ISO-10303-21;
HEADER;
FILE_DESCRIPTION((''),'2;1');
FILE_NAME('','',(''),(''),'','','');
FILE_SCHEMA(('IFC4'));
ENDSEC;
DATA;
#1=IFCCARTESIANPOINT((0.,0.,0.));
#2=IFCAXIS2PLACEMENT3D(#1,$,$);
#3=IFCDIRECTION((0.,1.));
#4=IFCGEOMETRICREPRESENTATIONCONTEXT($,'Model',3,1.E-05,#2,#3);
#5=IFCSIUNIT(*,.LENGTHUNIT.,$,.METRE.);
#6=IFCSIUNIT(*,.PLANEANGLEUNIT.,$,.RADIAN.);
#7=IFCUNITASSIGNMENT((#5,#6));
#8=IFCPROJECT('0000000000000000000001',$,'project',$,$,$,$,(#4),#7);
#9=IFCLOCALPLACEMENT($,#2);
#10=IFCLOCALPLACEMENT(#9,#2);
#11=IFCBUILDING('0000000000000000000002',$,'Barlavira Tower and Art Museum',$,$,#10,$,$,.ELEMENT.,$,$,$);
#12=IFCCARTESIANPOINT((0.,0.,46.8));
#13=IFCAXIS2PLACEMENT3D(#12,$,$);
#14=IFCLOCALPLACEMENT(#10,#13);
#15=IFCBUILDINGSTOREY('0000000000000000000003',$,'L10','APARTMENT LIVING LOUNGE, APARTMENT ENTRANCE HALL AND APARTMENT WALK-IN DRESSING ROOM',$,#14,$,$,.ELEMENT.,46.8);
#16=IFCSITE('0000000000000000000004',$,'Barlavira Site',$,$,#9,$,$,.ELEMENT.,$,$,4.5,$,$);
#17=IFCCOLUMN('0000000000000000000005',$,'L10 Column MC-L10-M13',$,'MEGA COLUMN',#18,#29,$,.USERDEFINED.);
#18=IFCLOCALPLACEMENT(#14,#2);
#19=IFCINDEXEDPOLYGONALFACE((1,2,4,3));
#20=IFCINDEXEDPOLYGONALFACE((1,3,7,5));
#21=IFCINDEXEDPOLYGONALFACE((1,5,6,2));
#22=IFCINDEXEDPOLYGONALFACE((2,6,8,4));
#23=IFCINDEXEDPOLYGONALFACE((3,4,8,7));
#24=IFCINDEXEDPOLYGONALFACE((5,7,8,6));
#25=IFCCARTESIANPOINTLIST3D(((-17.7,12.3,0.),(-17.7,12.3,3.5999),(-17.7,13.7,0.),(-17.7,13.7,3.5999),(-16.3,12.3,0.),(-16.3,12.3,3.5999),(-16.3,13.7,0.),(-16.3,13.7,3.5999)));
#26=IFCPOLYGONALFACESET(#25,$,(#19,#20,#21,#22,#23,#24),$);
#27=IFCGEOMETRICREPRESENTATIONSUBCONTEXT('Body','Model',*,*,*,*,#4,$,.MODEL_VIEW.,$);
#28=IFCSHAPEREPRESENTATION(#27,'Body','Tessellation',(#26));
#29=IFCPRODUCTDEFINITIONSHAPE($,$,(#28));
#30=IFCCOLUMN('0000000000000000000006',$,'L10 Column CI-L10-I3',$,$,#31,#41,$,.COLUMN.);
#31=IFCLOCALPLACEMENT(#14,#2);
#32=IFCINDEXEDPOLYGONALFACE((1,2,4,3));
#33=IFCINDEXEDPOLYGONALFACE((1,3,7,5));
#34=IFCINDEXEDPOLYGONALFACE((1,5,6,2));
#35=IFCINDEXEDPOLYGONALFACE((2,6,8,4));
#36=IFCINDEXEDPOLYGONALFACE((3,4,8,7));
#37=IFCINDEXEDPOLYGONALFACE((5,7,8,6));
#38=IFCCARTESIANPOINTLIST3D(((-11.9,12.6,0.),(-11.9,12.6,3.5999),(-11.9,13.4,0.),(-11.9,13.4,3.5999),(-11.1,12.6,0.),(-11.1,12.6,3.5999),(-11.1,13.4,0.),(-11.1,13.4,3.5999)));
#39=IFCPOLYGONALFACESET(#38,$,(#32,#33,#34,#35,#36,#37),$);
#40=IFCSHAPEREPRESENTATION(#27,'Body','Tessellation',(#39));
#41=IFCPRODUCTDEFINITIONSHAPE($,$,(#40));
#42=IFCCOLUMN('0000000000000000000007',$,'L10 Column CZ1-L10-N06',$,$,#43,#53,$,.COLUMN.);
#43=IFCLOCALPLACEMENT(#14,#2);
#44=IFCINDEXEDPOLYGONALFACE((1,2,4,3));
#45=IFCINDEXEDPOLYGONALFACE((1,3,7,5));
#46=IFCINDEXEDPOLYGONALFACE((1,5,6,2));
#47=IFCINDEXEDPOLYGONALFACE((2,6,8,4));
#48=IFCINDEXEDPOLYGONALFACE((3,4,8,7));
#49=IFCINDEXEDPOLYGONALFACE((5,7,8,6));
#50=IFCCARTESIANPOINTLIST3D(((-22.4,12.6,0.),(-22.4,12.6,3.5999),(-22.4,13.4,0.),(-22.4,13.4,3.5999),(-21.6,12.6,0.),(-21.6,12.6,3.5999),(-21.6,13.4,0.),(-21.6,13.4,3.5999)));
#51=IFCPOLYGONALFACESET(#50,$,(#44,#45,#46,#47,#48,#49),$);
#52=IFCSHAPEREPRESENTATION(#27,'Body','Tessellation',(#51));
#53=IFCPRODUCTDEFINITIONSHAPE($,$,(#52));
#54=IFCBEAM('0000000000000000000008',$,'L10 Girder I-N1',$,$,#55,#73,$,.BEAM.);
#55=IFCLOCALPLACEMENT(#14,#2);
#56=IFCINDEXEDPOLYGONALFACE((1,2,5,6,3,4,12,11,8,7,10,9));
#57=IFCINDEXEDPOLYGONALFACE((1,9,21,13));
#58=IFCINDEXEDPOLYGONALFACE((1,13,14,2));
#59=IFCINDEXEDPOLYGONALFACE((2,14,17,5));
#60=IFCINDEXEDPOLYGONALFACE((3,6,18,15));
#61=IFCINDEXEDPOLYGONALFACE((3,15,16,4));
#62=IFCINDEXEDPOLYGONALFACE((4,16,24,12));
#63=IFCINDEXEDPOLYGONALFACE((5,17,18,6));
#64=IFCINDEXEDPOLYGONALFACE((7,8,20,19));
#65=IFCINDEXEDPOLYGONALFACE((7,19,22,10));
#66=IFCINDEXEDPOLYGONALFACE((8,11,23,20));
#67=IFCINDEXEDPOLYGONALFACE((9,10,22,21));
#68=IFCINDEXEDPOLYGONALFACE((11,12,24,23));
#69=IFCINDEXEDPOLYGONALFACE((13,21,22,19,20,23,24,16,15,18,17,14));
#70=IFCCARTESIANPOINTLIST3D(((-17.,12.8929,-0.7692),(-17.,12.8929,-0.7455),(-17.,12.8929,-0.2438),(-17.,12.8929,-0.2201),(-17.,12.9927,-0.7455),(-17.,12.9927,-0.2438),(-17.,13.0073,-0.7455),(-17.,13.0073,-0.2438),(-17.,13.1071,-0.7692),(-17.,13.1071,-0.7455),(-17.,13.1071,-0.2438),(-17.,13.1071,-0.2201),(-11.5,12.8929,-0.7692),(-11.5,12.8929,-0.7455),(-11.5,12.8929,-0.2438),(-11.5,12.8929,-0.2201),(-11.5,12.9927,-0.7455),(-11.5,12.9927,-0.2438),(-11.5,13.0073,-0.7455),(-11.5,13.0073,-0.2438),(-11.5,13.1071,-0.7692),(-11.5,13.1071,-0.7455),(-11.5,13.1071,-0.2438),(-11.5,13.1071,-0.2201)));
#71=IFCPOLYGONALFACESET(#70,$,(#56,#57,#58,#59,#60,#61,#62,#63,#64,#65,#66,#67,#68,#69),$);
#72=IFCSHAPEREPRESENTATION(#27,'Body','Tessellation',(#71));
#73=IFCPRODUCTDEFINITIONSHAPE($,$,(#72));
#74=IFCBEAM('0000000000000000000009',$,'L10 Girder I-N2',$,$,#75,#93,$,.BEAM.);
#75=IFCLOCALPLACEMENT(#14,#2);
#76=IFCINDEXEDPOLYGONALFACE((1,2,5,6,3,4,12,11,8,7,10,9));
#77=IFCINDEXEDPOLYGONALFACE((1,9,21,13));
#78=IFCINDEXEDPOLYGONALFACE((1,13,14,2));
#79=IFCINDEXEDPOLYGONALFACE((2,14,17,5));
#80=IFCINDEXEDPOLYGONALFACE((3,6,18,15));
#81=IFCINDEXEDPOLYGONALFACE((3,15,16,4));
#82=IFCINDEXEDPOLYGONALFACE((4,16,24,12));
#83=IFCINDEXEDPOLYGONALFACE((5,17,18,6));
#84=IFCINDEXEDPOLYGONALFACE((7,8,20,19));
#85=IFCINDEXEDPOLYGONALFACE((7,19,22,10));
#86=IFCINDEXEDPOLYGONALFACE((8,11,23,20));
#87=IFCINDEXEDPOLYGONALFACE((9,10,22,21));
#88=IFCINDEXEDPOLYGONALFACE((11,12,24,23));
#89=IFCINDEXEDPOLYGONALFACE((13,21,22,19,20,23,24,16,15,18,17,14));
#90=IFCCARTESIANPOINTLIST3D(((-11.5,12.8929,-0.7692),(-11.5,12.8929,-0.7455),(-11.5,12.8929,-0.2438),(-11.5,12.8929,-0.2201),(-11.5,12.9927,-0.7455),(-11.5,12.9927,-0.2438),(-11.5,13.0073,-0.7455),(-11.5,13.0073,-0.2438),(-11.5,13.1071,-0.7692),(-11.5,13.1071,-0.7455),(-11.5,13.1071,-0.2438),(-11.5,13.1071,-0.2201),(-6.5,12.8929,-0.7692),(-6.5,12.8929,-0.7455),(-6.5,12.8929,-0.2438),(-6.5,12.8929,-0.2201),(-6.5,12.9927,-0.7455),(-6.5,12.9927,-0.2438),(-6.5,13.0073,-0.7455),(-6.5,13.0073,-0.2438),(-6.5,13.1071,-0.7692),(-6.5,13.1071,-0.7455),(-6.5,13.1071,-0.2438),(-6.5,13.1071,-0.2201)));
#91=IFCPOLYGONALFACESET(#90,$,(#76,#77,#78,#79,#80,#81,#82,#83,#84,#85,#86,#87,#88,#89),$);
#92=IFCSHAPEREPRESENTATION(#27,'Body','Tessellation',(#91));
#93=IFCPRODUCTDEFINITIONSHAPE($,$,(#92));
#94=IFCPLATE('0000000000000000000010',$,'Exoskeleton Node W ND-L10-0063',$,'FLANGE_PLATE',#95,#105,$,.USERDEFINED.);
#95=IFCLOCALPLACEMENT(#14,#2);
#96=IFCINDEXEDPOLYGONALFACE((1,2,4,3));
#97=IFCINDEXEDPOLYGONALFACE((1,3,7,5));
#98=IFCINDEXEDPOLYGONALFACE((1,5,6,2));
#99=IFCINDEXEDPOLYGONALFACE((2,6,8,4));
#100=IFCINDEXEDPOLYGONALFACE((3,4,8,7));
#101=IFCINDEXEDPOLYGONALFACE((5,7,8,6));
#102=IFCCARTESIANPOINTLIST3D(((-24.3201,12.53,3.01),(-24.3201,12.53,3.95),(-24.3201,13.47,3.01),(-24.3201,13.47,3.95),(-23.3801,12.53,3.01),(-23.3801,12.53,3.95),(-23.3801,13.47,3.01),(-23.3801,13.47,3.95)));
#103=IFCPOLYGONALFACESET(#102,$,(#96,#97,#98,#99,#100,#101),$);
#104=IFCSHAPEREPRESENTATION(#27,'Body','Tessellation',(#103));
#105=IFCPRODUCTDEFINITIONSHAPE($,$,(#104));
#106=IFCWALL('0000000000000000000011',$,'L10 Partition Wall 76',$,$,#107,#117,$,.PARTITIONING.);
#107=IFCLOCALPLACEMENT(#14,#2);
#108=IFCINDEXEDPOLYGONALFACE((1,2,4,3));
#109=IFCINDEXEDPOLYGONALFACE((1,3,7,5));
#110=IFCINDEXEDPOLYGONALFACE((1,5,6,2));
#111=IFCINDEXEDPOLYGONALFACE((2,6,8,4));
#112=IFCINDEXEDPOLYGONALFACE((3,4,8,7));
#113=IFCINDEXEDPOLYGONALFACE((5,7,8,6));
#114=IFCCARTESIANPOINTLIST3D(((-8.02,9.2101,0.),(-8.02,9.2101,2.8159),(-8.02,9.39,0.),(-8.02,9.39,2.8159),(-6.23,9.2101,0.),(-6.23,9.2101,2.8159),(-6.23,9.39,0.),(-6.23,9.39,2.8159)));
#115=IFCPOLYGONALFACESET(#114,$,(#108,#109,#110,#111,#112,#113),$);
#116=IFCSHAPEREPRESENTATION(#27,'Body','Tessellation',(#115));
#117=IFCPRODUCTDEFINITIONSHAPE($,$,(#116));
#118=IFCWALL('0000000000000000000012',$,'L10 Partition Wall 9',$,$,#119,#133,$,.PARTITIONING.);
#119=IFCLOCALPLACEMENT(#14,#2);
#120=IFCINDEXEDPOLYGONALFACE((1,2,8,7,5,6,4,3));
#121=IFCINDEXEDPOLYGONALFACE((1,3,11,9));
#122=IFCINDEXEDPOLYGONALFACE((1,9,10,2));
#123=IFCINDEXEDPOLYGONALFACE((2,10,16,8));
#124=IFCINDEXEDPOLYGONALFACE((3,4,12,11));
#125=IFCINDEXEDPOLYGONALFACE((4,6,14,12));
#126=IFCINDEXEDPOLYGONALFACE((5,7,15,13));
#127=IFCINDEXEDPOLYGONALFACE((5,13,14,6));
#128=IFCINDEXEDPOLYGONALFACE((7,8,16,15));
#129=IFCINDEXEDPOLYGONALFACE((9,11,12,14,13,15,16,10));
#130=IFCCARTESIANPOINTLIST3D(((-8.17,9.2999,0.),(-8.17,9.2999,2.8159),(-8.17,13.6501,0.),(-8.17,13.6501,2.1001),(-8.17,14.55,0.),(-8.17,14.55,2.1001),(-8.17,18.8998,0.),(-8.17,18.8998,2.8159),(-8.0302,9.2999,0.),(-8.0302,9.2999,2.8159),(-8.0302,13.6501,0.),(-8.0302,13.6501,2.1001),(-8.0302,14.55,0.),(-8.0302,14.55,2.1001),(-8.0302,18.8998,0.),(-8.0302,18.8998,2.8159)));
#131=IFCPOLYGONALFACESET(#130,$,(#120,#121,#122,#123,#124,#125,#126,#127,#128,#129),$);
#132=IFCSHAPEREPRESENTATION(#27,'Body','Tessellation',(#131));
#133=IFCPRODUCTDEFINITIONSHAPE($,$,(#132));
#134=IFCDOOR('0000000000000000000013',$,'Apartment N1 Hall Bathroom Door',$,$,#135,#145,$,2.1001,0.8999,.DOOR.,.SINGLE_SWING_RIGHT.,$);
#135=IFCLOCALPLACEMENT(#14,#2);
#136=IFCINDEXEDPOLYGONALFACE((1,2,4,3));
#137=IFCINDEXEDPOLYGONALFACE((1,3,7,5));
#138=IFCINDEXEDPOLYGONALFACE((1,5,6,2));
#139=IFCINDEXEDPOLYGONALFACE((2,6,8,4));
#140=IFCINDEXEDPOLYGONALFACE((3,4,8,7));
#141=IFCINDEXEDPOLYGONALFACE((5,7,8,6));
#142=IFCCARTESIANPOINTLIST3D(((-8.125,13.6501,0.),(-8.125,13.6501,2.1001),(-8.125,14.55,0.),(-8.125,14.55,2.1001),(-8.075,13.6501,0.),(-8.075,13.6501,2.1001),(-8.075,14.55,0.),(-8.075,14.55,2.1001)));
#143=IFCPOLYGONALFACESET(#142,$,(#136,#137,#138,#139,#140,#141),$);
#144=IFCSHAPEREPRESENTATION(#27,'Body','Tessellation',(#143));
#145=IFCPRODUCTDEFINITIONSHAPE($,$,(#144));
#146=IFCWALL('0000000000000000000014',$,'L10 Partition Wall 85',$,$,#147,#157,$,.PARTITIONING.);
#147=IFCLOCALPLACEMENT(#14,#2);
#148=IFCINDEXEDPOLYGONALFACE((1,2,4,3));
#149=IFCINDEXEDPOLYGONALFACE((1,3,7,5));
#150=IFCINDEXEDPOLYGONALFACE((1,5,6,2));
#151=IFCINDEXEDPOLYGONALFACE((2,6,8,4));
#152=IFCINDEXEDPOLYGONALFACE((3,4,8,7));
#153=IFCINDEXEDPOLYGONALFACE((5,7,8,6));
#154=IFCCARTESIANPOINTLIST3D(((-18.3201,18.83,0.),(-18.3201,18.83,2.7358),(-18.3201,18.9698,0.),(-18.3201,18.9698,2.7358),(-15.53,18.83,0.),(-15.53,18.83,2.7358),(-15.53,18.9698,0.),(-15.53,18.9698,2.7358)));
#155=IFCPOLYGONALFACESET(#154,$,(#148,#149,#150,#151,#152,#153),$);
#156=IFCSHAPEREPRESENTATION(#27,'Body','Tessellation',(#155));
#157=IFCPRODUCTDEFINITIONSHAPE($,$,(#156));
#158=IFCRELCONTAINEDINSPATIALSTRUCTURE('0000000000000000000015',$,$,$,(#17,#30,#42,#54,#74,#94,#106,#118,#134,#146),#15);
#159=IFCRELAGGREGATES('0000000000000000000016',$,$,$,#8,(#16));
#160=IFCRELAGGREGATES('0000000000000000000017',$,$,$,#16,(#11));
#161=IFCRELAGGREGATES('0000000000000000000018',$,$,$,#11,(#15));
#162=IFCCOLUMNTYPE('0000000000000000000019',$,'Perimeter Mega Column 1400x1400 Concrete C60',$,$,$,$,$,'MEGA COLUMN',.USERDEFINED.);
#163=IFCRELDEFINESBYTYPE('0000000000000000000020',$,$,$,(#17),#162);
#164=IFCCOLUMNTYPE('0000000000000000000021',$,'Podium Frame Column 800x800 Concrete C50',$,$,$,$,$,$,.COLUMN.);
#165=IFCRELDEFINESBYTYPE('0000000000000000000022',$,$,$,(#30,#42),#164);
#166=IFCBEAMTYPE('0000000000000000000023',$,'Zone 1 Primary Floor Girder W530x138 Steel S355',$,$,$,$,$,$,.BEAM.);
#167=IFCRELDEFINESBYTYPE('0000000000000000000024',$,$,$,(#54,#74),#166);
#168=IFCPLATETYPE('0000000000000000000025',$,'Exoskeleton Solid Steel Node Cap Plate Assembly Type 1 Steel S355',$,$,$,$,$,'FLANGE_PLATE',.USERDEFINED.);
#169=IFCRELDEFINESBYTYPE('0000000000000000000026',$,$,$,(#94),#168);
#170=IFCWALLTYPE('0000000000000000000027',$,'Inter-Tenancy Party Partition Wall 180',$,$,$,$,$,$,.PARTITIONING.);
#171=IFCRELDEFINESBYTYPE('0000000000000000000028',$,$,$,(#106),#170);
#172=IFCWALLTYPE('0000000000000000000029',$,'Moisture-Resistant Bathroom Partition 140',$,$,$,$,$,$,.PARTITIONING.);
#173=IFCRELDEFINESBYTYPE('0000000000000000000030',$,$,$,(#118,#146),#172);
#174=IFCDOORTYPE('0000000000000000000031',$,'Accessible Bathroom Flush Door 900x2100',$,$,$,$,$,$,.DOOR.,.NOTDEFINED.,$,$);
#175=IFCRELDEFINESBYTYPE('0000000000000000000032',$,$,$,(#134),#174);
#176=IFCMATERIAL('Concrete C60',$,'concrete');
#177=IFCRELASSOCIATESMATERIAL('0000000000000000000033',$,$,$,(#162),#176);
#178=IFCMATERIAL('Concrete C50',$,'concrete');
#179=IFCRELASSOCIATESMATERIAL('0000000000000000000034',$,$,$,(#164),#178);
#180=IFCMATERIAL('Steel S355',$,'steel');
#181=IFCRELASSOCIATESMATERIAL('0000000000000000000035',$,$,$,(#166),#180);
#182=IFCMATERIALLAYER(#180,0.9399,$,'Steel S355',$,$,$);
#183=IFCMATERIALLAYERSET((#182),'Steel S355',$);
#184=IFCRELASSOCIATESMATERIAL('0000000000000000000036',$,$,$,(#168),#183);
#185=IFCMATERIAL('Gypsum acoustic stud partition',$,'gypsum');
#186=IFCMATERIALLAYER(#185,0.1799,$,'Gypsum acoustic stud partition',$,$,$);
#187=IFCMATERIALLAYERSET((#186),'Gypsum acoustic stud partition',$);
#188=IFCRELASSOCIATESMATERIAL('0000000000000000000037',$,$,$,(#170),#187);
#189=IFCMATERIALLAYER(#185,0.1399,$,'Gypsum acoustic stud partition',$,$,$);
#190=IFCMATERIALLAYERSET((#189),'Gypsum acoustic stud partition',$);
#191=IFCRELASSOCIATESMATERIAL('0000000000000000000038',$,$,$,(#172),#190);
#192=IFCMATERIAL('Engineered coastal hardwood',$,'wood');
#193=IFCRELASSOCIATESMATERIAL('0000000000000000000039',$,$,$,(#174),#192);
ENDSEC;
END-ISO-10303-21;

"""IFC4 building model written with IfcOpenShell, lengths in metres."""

from ifc_helpers import new_model, si_unit, direction, frame, frame_2d, origin, origin_2d, place, context, subcontext, project, spatial, rectangle, i_section, extrude, material, layer, layer_set, material_profile, profile_set, type_object, element, fill, save


model = new_model("IFC4")

# Units and contexts
model_context = context("Model", 3, precision=1e-05, world=origin(), true_north=direction((0.0, 1.0)))
body_context = subcontext(model_context, "Body", "Model", "MODEL_VIEW")
ifc_project = project(units=[si_unit("LENGTHUNIT", "METRE"), si_unit("PLANEANGLEUNIT", "RADIAN")], contexts=[model_context])

# Site, building, storey
site_placement = place(None, origin())
site = spatial("IfcSite", under=ifc_project, at=site_placement, Name="Barlavira Site", CompositionType="ELEMENT", RefElevation=4.5)
building_placement = place(site_placement, origin())
building = spatial("IfcBuilding", under=site, at=building_placement, Name="Barlavira Tower and Art Museum", CompositionType="ELEMENT")
storey_placement = place(building_placement, frame((0.0, 0.0, 46.8)))
storey = spatial("IfcBuildingStorey", under=building, at=storey_placement, Name="L10", Description="APARTMENT LIVING LOUNGE, APARTMENT ENTRANCE HALL AND APARTMENT WALK-IN DRESSING ROOM", CompositionType="ELEMENT", Elevation=46.8)

# Columns
ifc_material_1 = material(Name="Concrete C60", Category="concrete")
ifc_material_profile_1 = material_profile(ifc_material_1, rectangle(XDim=1.3999, YDim=1.3999, at=origin_2d()), Name="RC-MCOL 1400x1400")
ifc_profile_set_1 = profile_set([ifc_material_profile_1], Name="Concrete C60")
column_type_1 = type_object("IfcColumnType", Name="Perimeter Mega Column 1400x1400 Concrete C60", ElementType="MEGA COLUMN", PredefinedType="USERDEFINED", material=ifc_profile_set_1)
column_placement = place(storey_placement, frame((-17.0, 13.0, 0.0), z_axis=(0.0, 0.0, 1.0), x_axis=(1.0, 0.0, 0.0)))
element("IfcColumn", 1, at=column_placement, inside=storey, type_object=column_type_1, Name="L10 Column MC-L10-M13", ObjectType="MEGA COLUMN", PredefinedType="USERDEFINED", context=body_context, shape_type="SweptSolid", body=[
    extrude(rectangle(XDim=1.3999, YDim=1.3999, at=origin_2d()), origin(), (0.0, 0.0, 1.0), 3.5999),
])
ifc_material_2 = material(Name="Concrete C50", Category="concrete")
ifc_material_profile_2 = material_profile(ifc_material_2, rectangle(XDim=0.8, YDim=0.8, at=origin_2d()), Name="RC-COL 800x800")
ifc_profile_set_2 = profile_set([ifc_material_profile_2], Name="Concrete C50")
column_type_2 = type_object("IfcColumnType", Name="Podium Frame Column 800x800 Concrete C50", PredefinedType="COLUMN", material=ifc_profile_set_2)
for number, where, z_axis, x_axis, name in (
    (2, (-11.5, 13.0, 0.0), (0.0, 0.0, 1.0), (1.0, 0.0, 0.0), "L10 Column CI-L10-I3"),
    (3, (-22.0, 13.0, 0.0), (0.0, 0.0, 1.0), (1.0, 0.0, 0.0), "L10 Column CZ1-L10-N06"),
):
    element("IfcColumn", number, at=place(storey_placement, frame(where, z_axis=z_axis, x_axis=x_axis)), inside=storey, type_object=column_type_2, Name=name, PredefinedType="COLUMN", context=body_context, shape_type="SweptSolid", body=[
        extrude(rectangle(XDim=0.8, YDim=0.8, at=origin_2d()), origin(), (0.0, 0.0, 1.0), 3.5999),
    ])

# Beams
ifc_material_3 = material(Name="Steel S355", Category="steel")
ifc_material_profile_3 = material_profile(ifc_material_3, i_section(OverallWidth=0.2141, OverallDepth=0.5491, WebThickness=0.0146, FlangeThickness=0.0237, at=origin_2d()), Name="W530x138.0")
ifc_profile_set_3 = profile_set([ifc_material_profile_3], Name="Steel S355")
beam_type = type_object("IfcBeamType", Name="Zone 1 Primary Floor Girder W530x138 Steel S355", PredefinedType="BEAM", material=ifc_profile_set_3)
beam_1_placement = place(storey_placement, frame((-17.0, 13.0, -0.4946), z_axis=(1.0, 0.0, 0.0), x_axis=(0.0, 1.0, 0.0)))
element("IfcBeam", 4, at=beam_1_placement, inside=storey, type_object=beam_type, Name="L10 Girder I-N1", PredefinedType="BEAM", context=body_context, shape_type="SweptSolid", body=[
    extrude(i_section(OverallWidth=0.2141, OverallDepth=0.5491, WebThickness=0.0146, FlangeThickness=0.0237, at=origin_2d()), origin(), (0.0, 0.0, 1.0), 5.5),
])
beam_2_placement = place(storey_placement, frame((-11.5, 13.0, -0.4946), z_axis=(1.0, 0.0, 0.0), x_axis=(0.0, 1.0, 0.0)))
element("IfcBeam", 5, at=beam_2_placement, inside=storey, type_object=beam_type, Name="L10 Girder I-N2", PredefinedType="BEAM", context=body_context, shape_type="SweptSolid", body=[
    extrude(i_section(OverallWidth=0.2141, OverallDepth=0.5491, WebThickness=0.0146, FlangeThickness=0.0237, at=origin_2d()), origin(), (0.0, 0.0, 1.0), 5.0),
])

# Plate
ifc_layer_1 = layer(ifc_material_3, 0.9399, Name="Steel S355")
ifc_layer_set_1 = layer_set([ifc_layer_1], Name="Steel S355")
plate_type = type_object("IfcPlateType", Name="Exoskeleton Solid Steel Node Cap Plate Assembly Type 1 Steel S355", ElementType="FLANGE_PLATE", PredefinedType="USERDEFINED", material=ifc_layer_set_1)
plate_placement = place(storey_placement, frame((-23.8501, 13.0, 3.01), z_axis=(0.0, 0.0, 1.0), x_axis=(1.0, 0.0, 0.0)))
element("IfcPlate", 6, at=plate_placement, inside=storey, type_object=plate_type, Name="Exoskeleton Node W ND-L10-0063", ObjectType="FLANGE_PLATE", PredefinedType="USERDEFINED", context=body_context, shape_type="SweptSolid", body=[
    extrude(rectangle(XDim=0.9399, YDim=0.9399, at=origin_2d()), origin(), (0.0, 0.0, 1.0), 0.9399),
])

# Wall
ifc_material_4 = material(Name="Gypsum acoustic stud partition", Category="gypsum")
ifc_layer_2 = layer(ifc_material_4, 0.1799, Name="Gypsum acoustic stud partition")
ifc_layer_set_2 = layer_set([ifc_layer_2], Name="Gypsum acoustic stud partition")
wall_type_1 = type_object("IfcWallType", Name="Inter-Tenancy Party Partition Wall 180", PredefinedType="PARTITIONING", material=ifc_layer_set_2)
wall_1_placement = place(storey_placement, frame((-8.02, 9.3, 0.0), z_axis=(0.0, 0.0, 1.0), x_axis=(1.0, 0.0, 0.0)))
element("IfcWall", 7, at=wall_1_placement, inside=storey, type_object=wall_type_1, Name="L10 Partition Wall 76", PredefinedType="PARTITIONING", context=body_context, shape_type="SweptSolid", body=[
    extrude(rectangle(XDim=1.79, YDim=0.1799, at=frame_2d((0.895, 0.0))), origin(), (0.0, 0.0, 1.0), 2.8159),
])

# Wall, opening, door
ifc_layer_3 = layer(ifc_material_4, 0.1399, Name="Gypsum acoustic stud partition")
ifc_layer_set_3 = layer_set([ifc_layer_3], Name="Gypsum acoustic stud partition")
wall_type_2 = type_object("IfcWallType", Name="Moisture-Resistant Bathroom Partition 140", PredefinedType="PARTITIONING", material=ifc_layer_set_3)
wall_2_placement = place(storey_placement, frame((-8.1001, 9.3, 0.0), z_axis=(0.0, 0.0, 1.0), x_axis=(0.0, 1.0, 0.0)))
wall_2 = element("IfcWall", 8, at=wall_2_placement, inside=storey, type_object=wall_type_2, Name="L10 Partition Wall 9", PredefinedType="PARTITIONING", context=body_context, shape_type="SweptSolid", body=[
    extrude(rectangle(XDim=9.5999, YDim=0.1399, at=frame_2d((4.7998, 0.0))), origin(), (0.0, 0.0, 1.0), 2.8159),
])
opening_1_placement = place(wall_2_placement, frame((4.3501, 0.0, 0.0)))
opening_1 = element("IfcOpeningElement", 9, at=opening_1_placement, cuts=wall_2, PredefinedType="OPENING", context=body_context, shape_type="SweptSolid", body=[
    extrude(rectangle(XDim=0.8999, YDim=2.1001, at=frame_2d((0.45, 1.05))), frame((0.0, 0.0801, 0.0), z_axis=(0.0, -1.0, 0.0), x_axis=(1.0, 0.0, 0.0)), (0.0, 0.0, 1.0), 0.1599),
])
ifc_material_5 = material(Name="Engineered coastal hardwood", Category="wood")
door_type = type_object("IfcDoorType", Name="Accessible Bathroom Flush Door 900x2100", OperationType="NOTDEFINED", PredefinedType="DOOR", material=ifc_material_5)
door_placement = place(opening_1_placement, origin())
door = element("IfcDoor", 10, at=door_placement, inside=storey, type_object=door_type, Name="Apartment N1 Hall Bathroom Door", OperationType="SINGLE_SWING_RIGHT", OverallHeight=2.1001, OverallWidth=0.8999, PredefinedType="DOOR", context=body_context, shape_type="SweptSolid", body=[
    extrude(rectangle(XDim=0.8999, YDim=2.1001, at=frame_2d((0.45, 1.05))), frame((0.0, 0.0249, 0.0), z_axis=(0.0, -1.0, 0.0), x_axis=(1.0, 0.0, 0.0)), (0.0, 0.0, 1.0), 0.05),
])
fill(opening_1, door)

# Wall
wall_3_placement = place(storey_placement, frame((-18.3201, 18.8999, 0.0), z_axis=(0.0, 0.0, 1.0), x_axis=(1.0, 0.0, 0.0)))
element("IfcWall", 11, at=wall_3_placement, inside=storey, type_object=wall_type_2, Name="L10 Partition Wall 85", PredefinedType="PARTITIONING", context=body_context, shape_type="SweptSolid", body=[
    extrude(rectangle(XDim=2.79, YDim=0.1399, at=frame_2d((1.395, 0.0))), origin(), (0.0, 0.0, 1.0), 2.7358),
])

save(model, "model.ifc")
